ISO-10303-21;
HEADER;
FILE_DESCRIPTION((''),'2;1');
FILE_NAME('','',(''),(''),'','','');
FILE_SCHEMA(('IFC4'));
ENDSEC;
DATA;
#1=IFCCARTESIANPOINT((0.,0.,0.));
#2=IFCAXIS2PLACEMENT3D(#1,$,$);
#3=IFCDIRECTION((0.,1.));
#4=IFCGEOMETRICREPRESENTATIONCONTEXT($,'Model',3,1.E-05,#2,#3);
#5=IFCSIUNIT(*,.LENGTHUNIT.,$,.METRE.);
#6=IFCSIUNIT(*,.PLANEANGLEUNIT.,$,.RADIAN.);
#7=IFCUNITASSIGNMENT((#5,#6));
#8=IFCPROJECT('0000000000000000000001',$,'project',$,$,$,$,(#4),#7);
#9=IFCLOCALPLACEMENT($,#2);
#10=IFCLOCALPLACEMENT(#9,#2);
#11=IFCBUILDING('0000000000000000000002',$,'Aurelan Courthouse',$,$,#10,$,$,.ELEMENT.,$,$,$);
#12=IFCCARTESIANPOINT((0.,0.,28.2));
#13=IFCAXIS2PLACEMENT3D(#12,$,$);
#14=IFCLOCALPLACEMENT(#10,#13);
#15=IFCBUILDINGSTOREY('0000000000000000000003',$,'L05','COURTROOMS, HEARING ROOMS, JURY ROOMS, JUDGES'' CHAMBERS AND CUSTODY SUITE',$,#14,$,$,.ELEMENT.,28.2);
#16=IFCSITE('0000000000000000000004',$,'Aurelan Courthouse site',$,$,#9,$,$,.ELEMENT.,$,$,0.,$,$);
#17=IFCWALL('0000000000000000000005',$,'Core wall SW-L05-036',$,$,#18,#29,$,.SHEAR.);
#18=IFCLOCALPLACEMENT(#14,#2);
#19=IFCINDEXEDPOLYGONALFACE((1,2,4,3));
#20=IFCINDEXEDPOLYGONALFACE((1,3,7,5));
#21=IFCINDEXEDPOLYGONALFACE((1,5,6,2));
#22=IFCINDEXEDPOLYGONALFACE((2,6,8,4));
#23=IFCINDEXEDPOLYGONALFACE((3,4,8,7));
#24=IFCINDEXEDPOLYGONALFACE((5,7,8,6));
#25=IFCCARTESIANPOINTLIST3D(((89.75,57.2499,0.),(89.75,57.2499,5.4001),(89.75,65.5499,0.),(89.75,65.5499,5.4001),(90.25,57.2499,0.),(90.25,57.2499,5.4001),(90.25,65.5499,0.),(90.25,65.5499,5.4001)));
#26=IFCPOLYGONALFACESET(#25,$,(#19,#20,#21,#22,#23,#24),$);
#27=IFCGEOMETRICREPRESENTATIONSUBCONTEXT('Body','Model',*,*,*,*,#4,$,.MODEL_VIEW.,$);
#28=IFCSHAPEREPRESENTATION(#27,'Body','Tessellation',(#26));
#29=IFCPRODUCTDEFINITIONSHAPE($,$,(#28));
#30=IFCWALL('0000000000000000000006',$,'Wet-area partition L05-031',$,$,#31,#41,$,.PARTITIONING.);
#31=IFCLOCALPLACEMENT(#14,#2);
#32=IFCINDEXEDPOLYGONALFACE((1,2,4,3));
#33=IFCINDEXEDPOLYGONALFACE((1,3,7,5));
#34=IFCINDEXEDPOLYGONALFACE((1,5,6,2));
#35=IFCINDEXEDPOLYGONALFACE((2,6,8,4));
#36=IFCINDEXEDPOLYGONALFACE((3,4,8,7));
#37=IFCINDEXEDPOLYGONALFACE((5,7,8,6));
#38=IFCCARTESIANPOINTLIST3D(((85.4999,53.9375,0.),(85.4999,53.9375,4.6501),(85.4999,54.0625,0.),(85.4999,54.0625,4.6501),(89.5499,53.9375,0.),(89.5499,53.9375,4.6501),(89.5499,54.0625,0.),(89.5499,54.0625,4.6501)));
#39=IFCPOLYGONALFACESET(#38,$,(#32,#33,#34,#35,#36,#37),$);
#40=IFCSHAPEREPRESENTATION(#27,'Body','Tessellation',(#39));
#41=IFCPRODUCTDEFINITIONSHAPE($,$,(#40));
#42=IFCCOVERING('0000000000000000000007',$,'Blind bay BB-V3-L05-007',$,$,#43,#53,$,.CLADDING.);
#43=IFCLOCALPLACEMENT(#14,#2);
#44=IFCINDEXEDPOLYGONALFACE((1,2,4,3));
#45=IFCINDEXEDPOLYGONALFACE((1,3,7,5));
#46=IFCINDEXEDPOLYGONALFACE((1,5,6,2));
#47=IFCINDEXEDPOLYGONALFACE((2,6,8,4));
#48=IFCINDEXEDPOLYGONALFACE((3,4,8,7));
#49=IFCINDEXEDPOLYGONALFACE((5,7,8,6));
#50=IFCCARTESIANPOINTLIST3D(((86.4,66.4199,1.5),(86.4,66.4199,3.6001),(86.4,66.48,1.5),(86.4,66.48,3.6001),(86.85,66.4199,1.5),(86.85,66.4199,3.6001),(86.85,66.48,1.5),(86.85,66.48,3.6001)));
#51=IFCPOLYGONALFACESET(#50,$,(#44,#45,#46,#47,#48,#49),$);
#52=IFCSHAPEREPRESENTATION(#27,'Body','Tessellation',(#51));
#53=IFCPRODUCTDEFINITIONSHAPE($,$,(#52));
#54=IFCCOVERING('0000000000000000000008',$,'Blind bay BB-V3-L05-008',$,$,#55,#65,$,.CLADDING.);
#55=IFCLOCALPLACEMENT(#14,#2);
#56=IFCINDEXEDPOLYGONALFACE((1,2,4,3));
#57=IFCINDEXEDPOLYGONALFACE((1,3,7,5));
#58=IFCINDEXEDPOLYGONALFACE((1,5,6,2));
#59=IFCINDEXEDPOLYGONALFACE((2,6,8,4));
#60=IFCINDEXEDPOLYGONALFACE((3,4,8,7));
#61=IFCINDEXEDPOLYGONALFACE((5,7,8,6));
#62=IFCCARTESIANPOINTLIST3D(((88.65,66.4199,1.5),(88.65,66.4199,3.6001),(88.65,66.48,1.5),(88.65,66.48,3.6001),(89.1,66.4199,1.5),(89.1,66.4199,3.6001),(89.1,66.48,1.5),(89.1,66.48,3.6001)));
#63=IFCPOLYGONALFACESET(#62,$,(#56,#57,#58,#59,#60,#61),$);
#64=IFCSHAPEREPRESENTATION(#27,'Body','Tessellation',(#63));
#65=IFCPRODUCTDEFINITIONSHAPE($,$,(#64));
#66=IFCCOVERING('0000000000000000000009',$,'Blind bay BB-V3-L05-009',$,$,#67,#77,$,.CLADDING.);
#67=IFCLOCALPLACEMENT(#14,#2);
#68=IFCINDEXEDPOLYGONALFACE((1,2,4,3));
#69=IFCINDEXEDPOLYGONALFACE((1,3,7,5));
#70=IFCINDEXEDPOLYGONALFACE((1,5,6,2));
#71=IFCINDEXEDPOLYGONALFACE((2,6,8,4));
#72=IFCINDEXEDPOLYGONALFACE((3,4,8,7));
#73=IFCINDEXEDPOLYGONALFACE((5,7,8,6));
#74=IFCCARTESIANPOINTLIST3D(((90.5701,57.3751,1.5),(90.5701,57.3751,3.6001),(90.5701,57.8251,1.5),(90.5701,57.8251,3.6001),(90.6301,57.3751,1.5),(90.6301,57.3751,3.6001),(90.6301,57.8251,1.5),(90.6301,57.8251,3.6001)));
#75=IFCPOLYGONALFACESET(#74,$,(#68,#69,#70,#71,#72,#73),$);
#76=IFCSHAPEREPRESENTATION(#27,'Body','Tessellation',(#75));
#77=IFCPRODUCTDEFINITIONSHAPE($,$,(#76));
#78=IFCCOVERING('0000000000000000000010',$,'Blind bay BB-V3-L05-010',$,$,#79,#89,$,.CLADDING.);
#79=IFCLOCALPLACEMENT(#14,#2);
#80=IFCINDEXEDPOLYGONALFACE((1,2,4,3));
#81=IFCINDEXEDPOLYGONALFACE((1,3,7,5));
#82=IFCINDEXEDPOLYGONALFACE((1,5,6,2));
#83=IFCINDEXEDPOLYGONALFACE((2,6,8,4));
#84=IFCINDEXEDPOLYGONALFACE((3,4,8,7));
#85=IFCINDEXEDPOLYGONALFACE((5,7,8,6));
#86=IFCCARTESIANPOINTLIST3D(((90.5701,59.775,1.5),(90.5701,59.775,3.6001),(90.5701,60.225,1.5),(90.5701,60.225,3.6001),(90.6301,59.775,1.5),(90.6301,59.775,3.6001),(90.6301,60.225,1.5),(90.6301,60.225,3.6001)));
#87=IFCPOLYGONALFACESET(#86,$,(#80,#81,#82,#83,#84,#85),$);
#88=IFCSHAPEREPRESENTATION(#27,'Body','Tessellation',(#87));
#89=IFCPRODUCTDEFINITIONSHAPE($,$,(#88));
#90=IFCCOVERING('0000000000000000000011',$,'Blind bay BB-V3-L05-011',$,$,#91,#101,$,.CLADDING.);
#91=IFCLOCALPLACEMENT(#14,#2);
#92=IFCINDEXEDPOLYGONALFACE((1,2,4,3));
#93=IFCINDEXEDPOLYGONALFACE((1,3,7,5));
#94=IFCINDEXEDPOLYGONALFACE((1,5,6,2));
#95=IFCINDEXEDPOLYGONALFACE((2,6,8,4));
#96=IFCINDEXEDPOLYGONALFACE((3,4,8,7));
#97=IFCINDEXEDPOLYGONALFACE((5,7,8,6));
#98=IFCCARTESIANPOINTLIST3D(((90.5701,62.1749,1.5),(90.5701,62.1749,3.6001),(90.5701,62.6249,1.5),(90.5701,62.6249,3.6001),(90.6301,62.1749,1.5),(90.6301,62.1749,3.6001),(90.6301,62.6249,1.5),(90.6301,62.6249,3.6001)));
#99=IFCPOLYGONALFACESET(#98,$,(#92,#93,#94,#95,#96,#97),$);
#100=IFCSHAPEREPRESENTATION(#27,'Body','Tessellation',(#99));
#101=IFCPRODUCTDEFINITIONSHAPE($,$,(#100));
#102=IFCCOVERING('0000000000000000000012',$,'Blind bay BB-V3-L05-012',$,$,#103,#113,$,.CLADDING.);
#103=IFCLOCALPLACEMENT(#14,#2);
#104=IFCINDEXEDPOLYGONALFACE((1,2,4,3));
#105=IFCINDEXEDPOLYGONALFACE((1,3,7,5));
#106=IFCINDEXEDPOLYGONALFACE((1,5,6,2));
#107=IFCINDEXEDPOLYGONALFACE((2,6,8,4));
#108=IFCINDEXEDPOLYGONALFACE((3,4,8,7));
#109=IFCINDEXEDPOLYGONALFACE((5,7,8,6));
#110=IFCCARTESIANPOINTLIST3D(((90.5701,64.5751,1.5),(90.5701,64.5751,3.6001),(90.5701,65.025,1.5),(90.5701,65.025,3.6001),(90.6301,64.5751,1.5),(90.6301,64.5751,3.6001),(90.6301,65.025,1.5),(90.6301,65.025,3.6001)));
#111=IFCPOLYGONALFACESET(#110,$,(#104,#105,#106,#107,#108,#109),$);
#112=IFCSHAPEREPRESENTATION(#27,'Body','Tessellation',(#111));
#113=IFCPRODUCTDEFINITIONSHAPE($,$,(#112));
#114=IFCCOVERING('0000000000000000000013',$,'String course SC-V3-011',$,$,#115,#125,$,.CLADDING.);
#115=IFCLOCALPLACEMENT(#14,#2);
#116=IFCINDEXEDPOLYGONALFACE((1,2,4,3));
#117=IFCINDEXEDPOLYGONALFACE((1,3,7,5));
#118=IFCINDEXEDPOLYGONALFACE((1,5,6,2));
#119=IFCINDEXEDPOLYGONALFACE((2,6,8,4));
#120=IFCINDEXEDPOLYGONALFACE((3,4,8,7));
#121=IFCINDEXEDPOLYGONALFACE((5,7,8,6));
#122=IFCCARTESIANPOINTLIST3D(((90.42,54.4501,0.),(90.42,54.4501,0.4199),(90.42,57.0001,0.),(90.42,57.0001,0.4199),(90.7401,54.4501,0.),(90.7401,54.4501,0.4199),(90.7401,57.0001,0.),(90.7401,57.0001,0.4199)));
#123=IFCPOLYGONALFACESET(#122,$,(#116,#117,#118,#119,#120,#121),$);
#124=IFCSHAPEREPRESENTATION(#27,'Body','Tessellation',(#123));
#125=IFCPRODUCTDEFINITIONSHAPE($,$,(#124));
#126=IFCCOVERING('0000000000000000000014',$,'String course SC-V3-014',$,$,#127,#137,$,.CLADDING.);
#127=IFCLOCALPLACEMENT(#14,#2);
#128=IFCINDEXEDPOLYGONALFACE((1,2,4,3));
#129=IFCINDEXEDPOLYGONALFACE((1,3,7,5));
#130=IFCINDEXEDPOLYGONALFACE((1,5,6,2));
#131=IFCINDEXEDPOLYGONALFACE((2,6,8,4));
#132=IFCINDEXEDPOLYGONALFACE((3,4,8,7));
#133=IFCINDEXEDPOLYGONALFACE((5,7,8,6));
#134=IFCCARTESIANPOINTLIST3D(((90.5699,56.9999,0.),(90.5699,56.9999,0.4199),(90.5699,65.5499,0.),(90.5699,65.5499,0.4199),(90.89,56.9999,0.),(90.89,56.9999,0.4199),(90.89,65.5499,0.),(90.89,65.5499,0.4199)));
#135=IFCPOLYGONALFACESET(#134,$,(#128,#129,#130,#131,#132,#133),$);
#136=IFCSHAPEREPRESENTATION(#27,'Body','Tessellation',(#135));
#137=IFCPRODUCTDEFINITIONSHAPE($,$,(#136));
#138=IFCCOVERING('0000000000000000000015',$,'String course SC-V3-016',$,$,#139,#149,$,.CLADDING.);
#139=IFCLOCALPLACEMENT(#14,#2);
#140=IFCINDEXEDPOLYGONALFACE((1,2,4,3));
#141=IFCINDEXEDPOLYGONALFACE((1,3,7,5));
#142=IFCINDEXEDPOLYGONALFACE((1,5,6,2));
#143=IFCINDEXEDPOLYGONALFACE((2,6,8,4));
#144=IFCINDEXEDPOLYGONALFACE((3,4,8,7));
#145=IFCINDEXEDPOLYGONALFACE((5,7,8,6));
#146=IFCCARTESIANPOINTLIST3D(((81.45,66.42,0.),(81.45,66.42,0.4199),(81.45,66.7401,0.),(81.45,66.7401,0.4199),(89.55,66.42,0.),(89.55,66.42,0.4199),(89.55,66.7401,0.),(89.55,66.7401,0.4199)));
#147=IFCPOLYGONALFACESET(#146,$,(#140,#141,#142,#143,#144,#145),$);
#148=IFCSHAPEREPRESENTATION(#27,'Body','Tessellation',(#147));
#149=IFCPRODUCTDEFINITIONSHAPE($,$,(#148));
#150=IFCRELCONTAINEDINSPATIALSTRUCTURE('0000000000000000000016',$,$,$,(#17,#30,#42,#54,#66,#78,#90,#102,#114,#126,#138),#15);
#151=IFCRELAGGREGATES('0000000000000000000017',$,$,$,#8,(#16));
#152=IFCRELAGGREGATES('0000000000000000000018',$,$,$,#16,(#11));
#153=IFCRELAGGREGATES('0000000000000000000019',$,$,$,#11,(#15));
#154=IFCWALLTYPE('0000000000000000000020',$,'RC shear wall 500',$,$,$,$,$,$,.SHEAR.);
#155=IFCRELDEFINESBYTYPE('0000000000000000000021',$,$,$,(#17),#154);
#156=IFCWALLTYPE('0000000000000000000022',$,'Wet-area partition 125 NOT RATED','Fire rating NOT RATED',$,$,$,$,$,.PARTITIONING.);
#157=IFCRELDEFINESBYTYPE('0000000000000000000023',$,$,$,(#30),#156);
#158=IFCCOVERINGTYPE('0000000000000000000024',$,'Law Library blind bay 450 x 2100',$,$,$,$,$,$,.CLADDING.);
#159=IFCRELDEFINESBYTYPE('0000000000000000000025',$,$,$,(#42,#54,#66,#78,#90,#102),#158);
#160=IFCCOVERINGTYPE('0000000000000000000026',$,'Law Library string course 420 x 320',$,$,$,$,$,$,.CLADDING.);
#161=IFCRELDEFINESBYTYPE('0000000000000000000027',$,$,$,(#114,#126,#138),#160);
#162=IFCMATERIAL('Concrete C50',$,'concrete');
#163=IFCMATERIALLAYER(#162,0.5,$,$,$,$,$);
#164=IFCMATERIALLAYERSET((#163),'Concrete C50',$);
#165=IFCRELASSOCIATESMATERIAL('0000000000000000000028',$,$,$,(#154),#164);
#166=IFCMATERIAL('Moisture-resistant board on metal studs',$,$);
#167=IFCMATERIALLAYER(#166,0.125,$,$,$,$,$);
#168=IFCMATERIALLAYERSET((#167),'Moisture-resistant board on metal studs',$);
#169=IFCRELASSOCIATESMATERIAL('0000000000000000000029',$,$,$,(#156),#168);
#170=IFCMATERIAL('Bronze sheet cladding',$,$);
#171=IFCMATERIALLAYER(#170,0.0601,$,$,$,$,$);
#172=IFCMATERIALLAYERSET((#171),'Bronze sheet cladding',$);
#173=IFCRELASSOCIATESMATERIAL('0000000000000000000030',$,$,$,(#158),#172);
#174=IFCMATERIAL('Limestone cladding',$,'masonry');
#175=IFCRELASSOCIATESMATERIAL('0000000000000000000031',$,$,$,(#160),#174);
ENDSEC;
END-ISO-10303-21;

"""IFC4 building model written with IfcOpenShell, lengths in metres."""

from ifc_helpers import new_model, si_unit, direction, frame, frame_2d, origin, origin_2d, place, context, subcontext, project, spatial, rectangle, extrude, material, layer, layer_set, type_object, element, save


model = new_model("IFC4")

# Units and contexts
model_context = context("Model", 3, precision=1e-05, world=origin(), true_north=direction((0.0, 1.0)))
body_context = subcontext(model_context, "Body", "Model", "MODEL_VIEW")
ifc_project = project(units=[si_unit("LENGTHUNIT", "METRE"), si_unit("PLANEANGLEUNIT", "RADIAN")], contexts=[model_context])

# Site, building, storey
site_placement = place(None, origin())
site = spatial("IfcSite", under=ifc_project, at=site_placement, Name="Aurelan Courthouse site", CompositionType="ELEMENT", RefElevation=0.0)
building_placement = place(site_placement, origin())
building = spatial("IfcBuilding", under=site, at=building_placement, Name="Aurelan Courthouse", CompositionType="ELEMENT")
storey_placement = place(building_placement, frame((0.0, 0.0, 28.2)))
storey = spatial("IfcBuildingStorey", under=building, at=storey_placement, Name="L05", Description="COURTROOMS, HEARING ROOMS, JURY ROOMS, JUDGES' CHAMBERS AND CUSTODY SUITE", CompositionType="ELEMENT", Elevation=28.2)

# Shared definitions
ifc_material_1 = material(Name="Concrete C50", Category="concrete")

# Shared definitions
ifc_material_2 = material(Name="Limestone cladding", Category="masonry")

# Shared definitions
ifc_layer_1 = layer(ifc_material_1, 0.5)
ifc_layer_set_1 = layer_set([ifc_layer_1], Name="Concrete C50")
wall_type_1 = type_object("IfcWallType", Name="RC shear wall 500", PredefinedType="SHEAR", material=ifc_layer_set_1)

# Walls
wall_1_placement = place(storey_placement, frame((90.0, 57.25, 0.0), z_axis=(0.0, 0.0, 1.0), x_axis=(0.0, 1.0, 0.0)))
element("IfcWall", 1, at=wall_1_placement, inside=storey, type_object=wall_type_1, Name="Core wall SW-L05-036", PredefinedType="SHEAR", context=body_context, shape_type="SweptSolid", body=[
    extrude(rectangle(XDim=8.3, YDim=0.5, at=frame_2d((4.1499, 0.0))), origin(), (0.0, 0.0, 1.0), 5.4001),
])
ifc_material_3 = material(Name="Moisture-resistant board on metal studs")
ifc_layer_2 = layer(ifc_material_3, 0.125)
ifc_layer_set_2 = layer_set([ifc_layer_2], Name="Moisture-resistant board on metal studs")
wall_type_2 = type_object("IfcWallType", Name="Wet-area partition 125 NOT RATED", Description="Fire rating NOT RATED", PredefinedType="PARTITIONING", material=ifc_layer_set_2)
wall_2_placement = place(storey_placement, frame((85.5, 54.0, 0.0), z_axis=(0.0, 0.0, 1.0), x_axis=(1.0, 0.0, 0.0)))
element("IfcWall", 2, at=wall_2_placement, inside=storey, type_object=wall_type_2, Name="Wet-area partition L05-031", PredefinedType="PARTITIONING", context=body_context, shape_type="SweptSolid", body=[
    extrude(rectangle(XDim=4.05, YDim=0.125, at=frame_2d((2.0249, 0.0))), origin(), (0.0, 0.0, 1.0), 4.6501),
])

# Coverings
ifc_material_4 = material(Name="Bronze sheet cladding")
ifc_layer_3 = layer(ifc_material_4, 0.0601)
ifc_layer_set_3 = layer_set([ifc_layer_3], Name="Bronze sheet cladding")
covering_type_1 = type_object("IfcCoveringType", Name="Law Library blind bay 450 x 2100", PredefinedType="CLADDING", material=ifc_layer_set_3)
for number, where, z_axis, x_axis, name in (
    (3, (86.625, 66.45, 1.5), (0.0, 0.0, 1.0), (1.0, 0.0, 0.0), "Blind bay BB-V3-L05-007"),
    (4, (88.875, 66.45, 1.5), (0.0, 0.0, 1.0), (1.0, 0.0, 0.0), "Blind bay BB-V3-L05-008"),
):
    element("IfcCovering", number, at=place(storey_placement, frame(where, z_axis=z_axis, x_axis=x_axis)), inside=storey, type_object=covering_type_1, Name=name, PredefinedType="CLADDING", context=body_context, shape_type="SweptSolid", body=[
        extrude(rectangle(XDim=0.45, YDim=0.0601, at=origin_2d()), origin(), (0.0, 0.0, 1.0), 2.1001),
    ])
for number, where, z_axis, x_axis, name in (
    (5, (90.6001, 57.6001, 1.5), (0.0, 0.0, 1.0), (1.0, 0.0, 0.0), "Blind bay BB-V3-L05-009"),
    (6, (90.6001, 60.0, 1.5), (0.0, 0.0, 1.0), (1.0, 0.0, 0.0), "Blind bay BB-V3-L05-010"),
    (7, (90.6001, 62.3999, 1.5), (0.0, 0.0, 1.0), (1.0, 0.0, 0.0), "Blind bay BB-V3-L05-011"),
    (8, (90.6001, 64.8, 1.5), (0.0, 0.0, 1.0), (1.0, 0.0, 0.0), "Blind bay BB-V3-L05-012"),
):
    element("IfcCovering", number, at=place(storey_placement, frame(where, z_axis=z_axis, x_axis=x_axis)), inside=storey, type_object=covering_type_1, Name=name, PredefinedType="CLADDING", context=body_context, shape_type="SweptSolid", body=[
        extrude(rectangle(XDim=0.0601, YDim=0.45, at=origin_2d()), origin(), (0.0, 0.0, 1.0), 2.1001),
    ])
covering_type_2 = type_object("IfcCoveringType", Name="Law Library string course 420 x 320", PredefinedType="CLADDING", material=ifc_material_2)
covering_1_placement = place(storey_placement, frame((90.5801, 55.7251, 0.0), z_axis=(0.0, 0.0, 1.0), x_axis=(1.0, 0.0, 0.0)))
element("IfcCovering", 9, at=covering_1_placement, inside=storey, type_object=covering_type_2, Name="String course SC-V3-011", PredefinedType="CLADDING", context=body_context, shape_type="SweptSolid", body=[
    extrude(rectangle(XDim=0.3201, YDim=2.55, at=origin_2d()), origin(), (0.0, 0.0, 1.0), 0.4199),
])
covering_2_placement = place(storey_placement, frame((90.73, 61.2749, 0.0), z_axis=(0.0, 0.0, 1.0), x_axis=(1.0, 0.0, 0.0)))
element("IfcCovering", 10, at=covering_2_placement, inside=storey, type_object=covering_type_2, Name="String course SC-V3-014", PredefinedType="CLADDING", context=body_context, shape_type="SweptSolid", body=[
    extrude(rectangle(XDim=0.3201, YDim=8.55, at=origin_2d()), origin(), (0.0, 0.0, 1.0), 0.4199),
])
covering_3_placement = place(storey_placement, frame((85.5, 66.5801, 0.0), z_axis=(0.0, 0.0, 1.0), x_axis=(1.0, 0.0, 0.0)))
element("IfcCovering", 11, at=covering_3_placement, inside=storey, type_object=covering_type_2, Name="String course SC-V3-016", PredefinedType="CLADDING", context=body_context, shape_type="SweptSolid", body=[
    extrude(rectangle(XDim=8.1001, YDim=0.3201, at=origin_2d()), origin(), (0.0, 0.0, 1.0), 0.4199),
])

save(model, "model.ifc")
